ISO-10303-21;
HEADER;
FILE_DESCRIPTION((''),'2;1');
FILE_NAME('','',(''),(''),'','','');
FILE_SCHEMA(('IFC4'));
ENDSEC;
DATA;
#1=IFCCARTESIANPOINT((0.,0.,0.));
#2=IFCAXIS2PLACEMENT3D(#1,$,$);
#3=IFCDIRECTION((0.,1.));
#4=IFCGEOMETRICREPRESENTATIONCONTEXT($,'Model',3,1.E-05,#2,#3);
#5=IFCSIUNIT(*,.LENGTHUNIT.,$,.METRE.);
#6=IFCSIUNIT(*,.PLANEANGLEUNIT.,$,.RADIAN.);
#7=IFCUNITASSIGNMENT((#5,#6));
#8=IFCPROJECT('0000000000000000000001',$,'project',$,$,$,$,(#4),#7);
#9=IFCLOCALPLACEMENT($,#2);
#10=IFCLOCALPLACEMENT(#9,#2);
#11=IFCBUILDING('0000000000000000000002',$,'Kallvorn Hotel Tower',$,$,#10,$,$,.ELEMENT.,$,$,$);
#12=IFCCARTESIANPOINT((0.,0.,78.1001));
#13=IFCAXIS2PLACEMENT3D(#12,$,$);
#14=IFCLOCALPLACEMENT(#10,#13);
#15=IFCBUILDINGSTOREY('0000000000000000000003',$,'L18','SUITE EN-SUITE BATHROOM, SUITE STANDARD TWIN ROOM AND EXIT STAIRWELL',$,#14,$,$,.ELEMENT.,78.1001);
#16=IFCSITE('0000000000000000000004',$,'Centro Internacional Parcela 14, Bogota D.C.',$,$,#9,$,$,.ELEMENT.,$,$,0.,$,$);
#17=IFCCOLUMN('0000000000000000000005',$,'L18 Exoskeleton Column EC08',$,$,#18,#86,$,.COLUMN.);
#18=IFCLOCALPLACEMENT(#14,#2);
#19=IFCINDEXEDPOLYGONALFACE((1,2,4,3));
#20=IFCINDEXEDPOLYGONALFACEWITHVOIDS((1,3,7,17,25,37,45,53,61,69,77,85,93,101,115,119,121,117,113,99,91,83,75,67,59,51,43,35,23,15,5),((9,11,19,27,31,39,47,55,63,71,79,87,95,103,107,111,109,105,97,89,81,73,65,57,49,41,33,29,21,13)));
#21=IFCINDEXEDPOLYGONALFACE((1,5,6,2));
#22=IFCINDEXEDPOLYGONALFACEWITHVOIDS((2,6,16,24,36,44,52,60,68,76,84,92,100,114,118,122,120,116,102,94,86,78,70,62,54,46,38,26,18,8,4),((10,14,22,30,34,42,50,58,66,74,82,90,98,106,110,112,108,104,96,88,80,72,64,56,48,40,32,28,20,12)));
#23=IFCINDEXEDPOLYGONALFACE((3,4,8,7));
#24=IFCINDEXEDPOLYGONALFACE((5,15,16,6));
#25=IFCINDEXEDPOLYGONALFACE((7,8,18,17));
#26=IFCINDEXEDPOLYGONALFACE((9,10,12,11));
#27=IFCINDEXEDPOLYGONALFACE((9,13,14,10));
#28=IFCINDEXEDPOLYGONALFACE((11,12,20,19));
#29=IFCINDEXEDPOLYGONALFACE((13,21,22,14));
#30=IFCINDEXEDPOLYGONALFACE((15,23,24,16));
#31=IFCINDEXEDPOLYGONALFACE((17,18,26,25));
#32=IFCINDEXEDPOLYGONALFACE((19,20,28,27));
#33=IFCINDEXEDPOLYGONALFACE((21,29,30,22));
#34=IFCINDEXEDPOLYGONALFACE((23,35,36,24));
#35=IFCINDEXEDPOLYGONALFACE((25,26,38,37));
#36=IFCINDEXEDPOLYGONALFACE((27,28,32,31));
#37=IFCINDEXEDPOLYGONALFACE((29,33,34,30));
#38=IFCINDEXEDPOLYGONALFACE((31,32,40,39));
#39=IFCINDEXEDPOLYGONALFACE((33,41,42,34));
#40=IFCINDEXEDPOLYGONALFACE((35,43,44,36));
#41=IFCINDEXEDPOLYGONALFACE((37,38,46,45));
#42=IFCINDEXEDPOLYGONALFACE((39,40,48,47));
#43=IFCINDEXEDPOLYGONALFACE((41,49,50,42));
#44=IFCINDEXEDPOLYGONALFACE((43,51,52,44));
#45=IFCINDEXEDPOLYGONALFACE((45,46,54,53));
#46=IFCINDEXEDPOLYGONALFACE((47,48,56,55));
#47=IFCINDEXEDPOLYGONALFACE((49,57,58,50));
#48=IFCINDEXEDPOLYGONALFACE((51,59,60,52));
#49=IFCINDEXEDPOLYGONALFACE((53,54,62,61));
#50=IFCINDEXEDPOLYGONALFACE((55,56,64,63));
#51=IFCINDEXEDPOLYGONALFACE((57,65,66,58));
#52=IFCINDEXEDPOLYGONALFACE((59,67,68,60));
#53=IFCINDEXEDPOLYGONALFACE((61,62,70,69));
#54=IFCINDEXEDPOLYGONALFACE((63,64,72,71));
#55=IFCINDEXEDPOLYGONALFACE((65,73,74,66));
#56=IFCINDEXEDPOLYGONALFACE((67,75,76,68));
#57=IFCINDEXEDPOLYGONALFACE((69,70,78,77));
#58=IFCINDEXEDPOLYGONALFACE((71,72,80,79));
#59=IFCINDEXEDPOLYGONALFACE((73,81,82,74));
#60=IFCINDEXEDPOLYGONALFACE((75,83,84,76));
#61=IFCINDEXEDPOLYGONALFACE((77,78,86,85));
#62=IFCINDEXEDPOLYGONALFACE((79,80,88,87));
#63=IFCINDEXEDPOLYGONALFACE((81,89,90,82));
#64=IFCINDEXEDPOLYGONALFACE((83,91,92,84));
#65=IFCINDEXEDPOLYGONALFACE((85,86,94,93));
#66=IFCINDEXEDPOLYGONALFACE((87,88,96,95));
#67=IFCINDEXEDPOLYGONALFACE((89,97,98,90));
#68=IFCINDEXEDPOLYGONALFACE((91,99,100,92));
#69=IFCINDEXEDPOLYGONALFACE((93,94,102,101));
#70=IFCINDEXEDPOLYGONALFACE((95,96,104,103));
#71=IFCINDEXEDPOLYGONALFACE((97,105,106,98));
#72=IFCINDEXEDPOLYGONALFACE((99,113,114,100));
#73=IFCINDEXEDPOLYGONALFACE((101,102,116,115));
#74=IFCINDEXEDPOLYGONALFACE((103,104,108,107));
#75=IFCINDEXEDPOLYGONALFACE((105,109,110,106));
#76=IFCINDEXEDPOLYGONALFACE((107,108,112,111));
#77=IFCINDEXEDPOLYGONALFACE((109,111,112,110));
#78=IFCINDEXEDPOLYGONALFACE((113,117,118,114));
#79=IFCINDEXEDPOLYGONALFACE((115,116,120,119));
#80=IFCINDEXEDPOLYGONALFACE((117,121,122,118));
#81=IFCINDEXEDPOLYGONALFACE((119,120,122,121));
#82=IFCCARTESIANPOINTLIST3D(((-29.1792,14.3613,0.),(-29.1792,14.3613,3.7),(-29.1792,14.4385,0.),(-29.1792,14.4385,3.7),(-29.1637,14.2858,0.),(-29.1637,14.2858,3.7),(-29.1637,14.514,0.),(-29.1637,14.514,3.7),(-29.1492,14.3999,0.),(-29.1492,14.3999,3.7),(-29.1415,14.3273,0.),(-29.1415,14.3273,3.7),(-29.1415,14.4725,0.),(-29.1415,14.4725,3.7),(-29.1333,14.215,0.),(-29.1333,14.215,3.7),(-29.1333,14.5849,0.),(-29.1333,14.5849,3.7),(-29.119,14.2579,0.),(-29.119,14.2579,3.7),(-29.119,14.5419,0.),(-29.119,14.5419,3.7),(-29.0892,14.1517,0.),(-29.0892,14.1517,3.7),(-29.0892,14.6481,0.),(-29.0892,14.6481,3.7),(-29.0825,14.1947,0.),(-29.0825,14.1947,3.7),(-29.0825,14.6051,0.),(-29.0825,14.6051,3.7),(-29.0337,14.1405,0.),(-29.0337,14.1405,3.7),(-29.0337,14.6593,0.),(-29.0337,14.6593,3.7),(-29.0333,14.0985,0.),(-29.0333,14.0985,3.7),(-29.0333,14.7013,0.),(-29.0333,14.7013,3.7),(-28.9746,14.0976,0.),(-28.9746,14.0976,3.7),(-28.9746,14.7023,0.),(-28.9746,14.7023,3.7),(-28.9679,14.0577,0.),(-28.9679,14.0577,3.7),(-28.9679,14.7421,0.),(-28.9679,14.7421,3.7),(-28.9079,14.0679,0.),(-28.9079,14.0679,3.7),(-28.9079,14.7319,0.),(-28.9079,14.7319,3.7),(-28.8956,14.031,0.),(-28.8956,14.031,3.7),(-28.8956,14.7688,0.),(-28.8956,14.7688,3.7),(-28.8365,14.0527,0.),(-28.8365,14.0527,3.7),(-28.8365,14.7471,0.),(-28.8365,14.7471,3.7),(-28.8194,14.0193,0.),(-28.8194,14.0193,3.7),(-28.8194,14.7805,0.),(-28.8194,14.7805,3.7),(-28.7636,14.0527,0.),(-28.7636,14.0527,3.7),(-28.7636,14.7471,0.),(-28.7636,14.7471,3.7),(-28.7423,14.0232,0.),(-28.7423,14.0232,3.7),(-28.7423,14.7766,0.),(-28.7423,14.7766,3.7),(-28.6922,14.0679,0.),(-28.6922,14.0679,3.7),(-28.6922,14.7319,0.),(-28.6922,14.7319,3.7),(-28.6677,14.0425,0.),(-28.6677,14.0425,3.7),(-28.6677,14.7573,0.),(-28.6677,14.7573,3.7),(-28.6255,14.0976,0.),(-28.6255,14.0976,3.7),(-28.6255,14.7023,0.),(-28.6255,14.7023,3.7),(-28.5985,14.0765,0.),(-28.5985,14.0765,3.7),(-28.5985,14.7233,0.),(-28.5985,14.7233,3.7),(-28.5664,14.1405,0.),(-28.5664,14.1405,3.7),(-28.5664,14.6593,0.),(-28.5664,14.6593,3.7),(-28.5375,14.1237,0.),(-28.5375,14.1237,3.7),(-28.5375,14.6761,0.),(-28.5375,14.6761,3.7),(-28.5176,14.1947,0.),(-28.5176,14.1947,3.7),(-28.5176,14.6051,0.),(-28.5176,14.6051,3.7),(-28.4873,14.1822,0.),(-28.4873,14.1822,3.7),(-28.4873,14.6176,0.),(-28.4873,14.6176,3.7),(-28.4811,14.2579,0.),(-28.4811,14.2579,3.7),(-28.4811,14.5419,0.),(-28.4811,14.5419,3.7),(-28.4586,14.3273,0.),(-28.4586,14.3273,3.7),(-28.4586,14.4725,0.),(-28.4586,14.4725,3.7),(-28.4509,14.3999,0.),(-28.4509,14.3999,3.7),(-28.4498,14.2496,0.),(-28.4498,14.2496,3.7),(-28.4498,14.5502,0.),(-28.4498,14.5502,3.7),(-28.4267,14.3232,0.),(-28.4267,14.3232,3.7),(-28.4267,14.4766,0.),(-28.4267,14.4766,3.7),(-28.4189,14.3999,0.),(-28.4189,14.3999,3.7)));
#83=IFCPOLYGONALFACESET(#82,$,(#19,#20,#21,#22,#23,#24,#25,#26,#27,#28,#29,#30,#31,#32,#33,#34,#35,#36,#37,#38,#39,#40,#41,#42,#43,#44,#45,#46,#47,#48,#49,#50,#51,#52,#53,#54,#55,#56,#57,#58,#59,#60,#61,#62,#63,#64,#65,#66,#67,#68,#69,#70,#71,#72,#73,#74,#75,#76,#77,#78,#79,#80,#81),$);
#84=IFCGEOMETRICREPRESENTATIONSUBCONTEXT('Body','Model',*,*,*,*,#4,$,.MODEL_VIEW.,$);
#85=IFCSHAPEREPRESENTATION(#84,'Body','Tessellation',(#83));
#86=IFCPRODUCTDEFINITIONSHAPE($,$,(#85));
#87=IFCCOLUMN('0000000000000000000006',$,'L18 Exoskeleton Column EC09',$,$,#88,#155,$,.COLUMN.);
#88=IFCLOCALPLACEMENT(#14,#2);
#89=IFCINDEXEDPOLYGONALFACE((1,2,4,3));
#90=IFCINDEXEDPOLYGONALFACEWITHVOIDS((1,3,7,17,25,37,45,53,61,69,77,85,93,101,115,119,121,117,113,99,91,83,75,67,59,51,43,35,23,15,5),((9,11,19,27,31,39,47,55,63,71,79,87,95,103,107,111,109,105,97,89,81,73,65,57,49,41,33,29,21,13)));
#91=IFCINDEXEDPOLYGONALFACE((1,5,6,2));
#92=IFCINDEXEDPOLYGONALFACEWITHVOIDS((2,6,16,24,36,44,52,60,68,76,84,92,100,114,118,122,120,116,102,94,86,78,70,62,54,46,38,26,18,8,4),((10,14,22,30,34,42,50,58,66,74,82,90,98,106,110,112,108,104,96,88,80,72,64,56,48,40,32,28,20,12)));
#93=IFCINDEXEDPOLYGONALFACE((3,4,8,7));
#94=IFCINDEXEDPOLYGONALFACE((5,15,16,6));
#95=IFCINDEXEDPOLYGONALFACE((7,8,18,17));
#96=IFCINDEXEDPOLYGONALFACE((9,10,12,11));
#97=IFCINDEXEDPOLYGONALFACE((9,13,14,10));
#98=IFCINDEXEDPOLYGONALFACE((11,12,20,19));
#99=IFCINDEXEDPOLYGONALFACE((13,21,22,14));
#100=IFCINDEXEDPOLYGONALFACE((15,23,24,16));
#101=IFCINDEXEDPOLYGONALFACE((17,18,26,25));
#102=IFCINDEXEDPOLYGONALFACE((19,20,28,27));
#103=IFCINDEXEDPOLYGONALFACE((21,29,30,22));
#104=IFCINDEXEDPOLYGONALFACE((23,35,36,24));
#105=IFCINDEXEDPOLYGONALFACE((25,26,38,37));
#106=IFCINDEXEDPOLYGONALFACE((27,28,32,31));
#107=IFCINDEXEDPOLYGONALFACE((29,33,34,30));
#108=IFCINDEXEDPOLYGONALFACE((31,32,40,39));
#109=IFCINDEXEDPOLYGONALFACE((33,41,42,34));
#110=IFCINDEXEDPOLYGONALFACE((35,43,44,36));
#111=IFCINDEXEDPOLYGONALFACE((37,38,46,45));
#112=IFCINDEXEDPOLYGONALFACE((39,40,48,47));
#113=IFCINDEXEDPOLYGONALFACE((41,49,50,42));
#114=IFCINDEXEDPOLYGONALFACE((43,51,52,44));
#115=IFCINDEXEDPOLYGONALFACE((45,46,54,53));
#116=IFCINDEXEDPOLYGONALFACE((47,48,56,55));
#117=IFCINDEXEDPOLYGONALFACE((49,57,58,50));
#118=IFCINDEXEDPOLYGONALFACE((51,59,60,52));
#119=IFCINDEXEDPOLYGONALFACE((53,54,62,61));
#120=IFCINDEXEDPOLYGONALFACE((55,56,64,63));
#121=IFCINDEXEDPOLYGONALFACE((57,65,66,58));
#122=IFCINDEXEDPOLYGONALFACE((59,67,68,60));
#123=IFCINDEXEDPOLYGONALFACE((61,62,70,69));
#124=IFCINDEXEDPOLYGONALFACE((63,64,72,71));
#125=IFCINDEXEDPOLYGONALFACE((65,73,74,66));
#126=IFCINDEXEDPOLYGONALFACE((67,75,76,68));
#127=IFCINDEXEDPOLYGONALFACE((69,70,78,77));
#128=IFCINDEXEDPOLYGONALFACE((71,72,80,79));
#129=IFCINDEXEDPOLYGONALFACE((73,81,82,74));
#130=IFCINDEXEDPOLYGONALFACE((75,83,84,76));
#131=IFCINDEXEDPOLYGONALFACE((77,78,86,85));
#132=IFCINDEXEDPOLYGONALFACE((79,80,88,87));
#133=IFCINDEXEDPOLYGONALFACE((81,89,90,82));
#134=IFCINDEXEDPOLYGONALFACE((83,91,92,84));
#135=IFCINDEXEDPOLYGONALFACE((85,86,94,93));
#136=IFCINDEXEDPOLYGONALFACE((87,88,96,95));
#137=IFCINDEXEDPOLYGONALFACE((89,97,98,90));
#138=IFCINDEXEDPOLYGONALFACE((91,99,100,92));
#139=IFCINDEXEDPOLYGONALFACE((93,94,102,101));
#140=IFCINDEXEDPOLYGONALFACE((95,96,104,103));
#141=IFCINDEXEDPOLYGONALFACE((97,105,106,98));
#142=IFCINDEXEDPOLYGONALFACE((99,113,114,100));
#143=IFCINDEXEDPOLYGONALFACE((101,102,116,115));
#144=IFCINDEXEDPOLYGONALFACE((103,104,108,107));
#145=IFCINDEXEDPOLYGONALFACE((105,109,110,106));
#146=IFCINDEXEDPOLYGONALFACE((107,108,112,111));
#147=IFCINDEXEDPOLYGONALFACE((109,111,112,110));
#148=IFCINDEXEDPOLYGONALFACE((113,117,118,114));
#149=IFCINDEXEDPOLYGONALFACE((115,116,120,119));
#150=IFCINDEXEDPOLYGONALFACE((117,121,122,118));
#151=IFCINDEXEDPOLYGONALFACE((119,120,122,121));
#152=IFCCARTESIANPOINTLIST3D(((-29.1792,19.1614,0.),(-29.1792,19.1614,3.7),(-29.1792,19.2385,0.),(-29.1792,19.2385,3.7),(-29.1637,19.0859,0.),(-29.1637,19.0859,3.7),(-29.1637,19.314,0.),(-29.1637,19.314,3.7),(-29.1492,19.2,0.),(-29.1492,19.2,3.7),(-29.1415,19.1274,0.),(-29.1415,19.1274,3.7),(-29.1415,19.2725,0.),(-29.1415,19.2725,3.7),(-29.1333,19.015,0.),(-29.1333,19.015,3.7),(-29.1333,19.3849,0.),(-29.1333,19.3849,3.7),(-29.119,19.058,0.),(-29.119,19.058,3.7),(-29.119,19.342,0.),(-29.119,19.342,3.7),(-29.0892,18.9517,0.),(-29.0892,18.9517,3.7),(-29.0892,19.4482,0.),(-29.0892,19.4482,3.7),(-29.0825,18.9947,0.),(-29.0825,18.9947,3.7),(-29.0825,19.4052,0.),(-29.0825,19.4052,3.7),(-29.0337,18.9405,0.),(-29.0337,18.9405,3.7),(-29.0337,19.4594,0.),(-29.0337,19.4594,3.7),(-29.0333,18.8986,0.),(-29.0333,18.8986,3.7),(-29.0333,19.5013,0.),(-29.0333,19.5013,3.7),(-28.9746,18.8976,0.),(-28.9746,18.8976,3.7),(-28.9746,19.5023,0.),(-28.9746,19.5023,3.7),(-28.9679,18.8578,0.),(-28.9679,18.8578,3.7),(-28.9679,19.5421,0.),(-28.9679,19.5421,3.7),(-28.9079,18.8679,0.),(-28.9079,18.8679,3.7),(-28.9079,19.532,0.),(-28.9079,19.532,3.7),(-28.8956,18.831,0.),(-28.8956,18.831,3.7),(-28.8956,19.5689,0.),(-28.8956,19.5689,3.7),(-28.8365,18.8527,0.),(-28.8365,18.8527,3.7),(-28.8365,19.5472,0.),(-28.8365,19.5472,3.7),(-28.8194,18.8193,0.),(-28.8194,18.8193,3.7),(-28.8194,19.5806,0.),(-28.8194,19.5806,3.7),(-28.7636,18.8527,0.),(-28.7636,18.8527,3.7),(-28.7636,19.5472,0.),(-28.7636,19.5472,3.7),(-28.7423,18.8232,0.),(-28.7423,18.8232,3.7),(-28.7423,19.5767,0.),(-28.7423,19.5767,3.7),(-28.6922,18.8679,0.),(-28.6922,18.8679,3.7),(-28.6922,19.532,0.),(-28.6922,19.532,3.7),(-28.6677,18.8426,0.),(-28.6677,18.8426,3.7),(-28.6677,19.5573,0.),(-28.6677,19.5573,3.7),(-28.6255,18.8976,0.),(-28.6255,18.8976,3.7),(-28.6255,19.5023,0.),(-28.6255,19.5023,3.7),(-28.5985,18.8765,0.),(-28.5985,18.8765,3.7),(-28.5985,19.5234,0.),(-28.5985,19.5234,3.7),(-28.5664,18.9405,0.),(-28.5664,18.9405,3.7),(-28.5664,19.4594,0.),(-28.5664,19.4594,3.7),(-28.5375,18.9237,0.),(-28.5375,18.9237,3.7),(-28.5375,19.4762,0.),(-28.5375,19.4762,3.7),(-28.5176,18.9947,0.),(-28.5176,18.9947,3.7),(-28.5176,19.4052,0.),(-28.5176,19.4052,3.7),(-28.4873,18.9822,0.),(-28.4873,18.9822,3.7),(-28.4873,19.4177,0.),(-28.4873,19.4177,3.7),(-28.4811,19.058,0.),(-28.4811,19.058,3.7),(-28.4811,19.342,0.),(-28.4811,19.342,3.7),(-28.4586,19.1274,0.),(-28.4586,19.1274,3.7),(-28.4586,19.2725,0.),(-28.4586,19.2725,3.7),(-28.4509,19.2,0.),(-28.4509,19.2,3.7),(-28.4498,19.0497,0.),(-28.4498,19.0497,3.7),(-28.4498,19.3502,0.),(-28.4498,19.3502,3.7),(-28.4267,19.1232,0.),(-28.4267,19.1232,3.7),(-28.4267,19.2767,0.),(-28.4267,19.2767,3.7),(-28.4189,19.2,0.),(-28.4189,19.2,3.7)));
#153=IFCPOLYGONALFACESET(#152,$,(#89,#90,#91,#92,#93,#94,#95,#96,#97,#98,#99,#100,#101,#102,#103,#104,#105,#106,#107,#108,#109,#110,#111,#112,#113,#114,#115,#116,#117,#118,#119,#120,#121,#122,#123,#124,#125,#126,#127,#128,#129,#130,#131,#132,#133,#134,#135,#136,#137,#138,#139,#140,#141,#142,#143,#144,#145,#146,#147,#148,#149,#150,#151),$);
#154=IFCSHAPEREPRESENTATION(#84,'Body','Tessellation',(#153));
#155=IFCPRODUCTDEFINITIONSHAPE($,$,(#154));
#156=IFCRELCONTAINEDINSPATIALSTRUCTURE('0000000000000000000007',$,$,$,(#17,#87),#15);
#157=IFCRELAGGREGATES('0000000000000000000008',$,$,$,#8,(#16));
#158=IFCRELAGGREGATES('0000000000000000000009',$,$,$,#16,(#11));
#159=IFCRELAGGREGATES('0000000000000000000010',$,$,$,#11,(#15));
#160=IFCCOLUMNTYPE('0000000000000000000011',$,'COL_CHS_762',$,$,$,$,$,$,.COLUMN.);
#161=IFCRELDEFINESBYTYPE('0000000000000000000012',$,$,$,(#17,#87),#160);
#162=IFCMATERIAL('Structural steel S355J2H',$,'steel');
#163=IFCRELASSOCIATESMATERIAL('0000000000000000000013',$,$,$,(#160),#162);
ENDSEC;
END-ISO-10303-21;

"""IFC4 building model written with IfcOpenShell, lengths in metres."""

from ifc_helpers import new_model, si_unit, direction, frame, origin, origin_2d, place, context, subcontext, project, spatial, hollow_circle, extrude, material, material_profile, profile_set, type_object, element, save


model = new_model("IFC4")

# Units and contexts
model_context = context("Model", 3, precision=1e-05, world=origin(), true_north=direction((0.0, 1.0)))
body_context = subcontext(model_context, "Body", "Model", "MODEL_VIEW")
ifc_project = project(units=[si_unit("LENGTHUNIT", "METRE"), si_unit("PLANEANGLEUNIT", "RADIAN")], contexts=[model_context])

# Site, building, storey
site_placement = place(None, origin())
site = spatial("IfcSite", under=ifc_project, at=site_placement, Name="Centro Internacional Parcela 14, Bogota D.C.", CompositionType="ELEMENT", RefElevation=0.0)
building_placement = place(site_placement, origin())
building = spatial("IfcBuilding", under=site, at=building_placement, Name="Kallvorn Hotel Tower", CompositionType="ELEMENT")
storey_placement = place(building_placement, frame((0.0, 0.0, 78.1001)))
storey = spatial("IfcBuildingStorey", under=building, at=storey_placement, Name="L18", Description="SUITE EN-SUITE BATHROOM, SUITE STANDARD TWIN ROOM AND EXIT STAIRWELL", CompositionType="ELEMENT", Elevation=78.1001)

# Columns
ifc_material_1 = material(Name="Structural steel S355J2H", Category="steel")
ifc_material_profile_1 = material_profile(ifc_material_1, hollow_circle(Radius=0.3811, WallThickness=0.032, at=origin_2d()), Name="CHS 762x32")
ifc_profile_set_1 = profile_set([ifc_material_profile_1], Name="Structural steel S355J2H")
column_type_1 = type_object("IfcColumnType", Name="COL_CHS_762", PredefinedType="COLUMN", material=ifc_profile_set_1)
for number, where, z_axis, x_axis, name in (
    (1, (-28.8, 14.3999, 0.0), (0.0, 0.0, 1.0), (1.0, 0.0, 0.0), "L18 Exoskeleton Column EC08"),
    (2, (-28.8, 19.2, 0.0), (0.0, 0.0, 1.0), (1.0, 0.0, 0.0), "L18 Exoskeleton Column EC09"),
):
    element("IfcColumn", number, at=place(storey_placement, frame(where, z_axis=z_axis, x_axis=x_axis)), inside=storey, type_object=column_type_1, Name=name, PredefinedType="COLUMN", context=body_context, shape_type="SweptSolid", body=[
        extrude(hollow_circle(Radius=0.3811, WallThickness=0.032, at=origin_2d()), origin(), (0.0, 0.0, 1.0), 3.7),
    ])

save(model, "model.ifc")
